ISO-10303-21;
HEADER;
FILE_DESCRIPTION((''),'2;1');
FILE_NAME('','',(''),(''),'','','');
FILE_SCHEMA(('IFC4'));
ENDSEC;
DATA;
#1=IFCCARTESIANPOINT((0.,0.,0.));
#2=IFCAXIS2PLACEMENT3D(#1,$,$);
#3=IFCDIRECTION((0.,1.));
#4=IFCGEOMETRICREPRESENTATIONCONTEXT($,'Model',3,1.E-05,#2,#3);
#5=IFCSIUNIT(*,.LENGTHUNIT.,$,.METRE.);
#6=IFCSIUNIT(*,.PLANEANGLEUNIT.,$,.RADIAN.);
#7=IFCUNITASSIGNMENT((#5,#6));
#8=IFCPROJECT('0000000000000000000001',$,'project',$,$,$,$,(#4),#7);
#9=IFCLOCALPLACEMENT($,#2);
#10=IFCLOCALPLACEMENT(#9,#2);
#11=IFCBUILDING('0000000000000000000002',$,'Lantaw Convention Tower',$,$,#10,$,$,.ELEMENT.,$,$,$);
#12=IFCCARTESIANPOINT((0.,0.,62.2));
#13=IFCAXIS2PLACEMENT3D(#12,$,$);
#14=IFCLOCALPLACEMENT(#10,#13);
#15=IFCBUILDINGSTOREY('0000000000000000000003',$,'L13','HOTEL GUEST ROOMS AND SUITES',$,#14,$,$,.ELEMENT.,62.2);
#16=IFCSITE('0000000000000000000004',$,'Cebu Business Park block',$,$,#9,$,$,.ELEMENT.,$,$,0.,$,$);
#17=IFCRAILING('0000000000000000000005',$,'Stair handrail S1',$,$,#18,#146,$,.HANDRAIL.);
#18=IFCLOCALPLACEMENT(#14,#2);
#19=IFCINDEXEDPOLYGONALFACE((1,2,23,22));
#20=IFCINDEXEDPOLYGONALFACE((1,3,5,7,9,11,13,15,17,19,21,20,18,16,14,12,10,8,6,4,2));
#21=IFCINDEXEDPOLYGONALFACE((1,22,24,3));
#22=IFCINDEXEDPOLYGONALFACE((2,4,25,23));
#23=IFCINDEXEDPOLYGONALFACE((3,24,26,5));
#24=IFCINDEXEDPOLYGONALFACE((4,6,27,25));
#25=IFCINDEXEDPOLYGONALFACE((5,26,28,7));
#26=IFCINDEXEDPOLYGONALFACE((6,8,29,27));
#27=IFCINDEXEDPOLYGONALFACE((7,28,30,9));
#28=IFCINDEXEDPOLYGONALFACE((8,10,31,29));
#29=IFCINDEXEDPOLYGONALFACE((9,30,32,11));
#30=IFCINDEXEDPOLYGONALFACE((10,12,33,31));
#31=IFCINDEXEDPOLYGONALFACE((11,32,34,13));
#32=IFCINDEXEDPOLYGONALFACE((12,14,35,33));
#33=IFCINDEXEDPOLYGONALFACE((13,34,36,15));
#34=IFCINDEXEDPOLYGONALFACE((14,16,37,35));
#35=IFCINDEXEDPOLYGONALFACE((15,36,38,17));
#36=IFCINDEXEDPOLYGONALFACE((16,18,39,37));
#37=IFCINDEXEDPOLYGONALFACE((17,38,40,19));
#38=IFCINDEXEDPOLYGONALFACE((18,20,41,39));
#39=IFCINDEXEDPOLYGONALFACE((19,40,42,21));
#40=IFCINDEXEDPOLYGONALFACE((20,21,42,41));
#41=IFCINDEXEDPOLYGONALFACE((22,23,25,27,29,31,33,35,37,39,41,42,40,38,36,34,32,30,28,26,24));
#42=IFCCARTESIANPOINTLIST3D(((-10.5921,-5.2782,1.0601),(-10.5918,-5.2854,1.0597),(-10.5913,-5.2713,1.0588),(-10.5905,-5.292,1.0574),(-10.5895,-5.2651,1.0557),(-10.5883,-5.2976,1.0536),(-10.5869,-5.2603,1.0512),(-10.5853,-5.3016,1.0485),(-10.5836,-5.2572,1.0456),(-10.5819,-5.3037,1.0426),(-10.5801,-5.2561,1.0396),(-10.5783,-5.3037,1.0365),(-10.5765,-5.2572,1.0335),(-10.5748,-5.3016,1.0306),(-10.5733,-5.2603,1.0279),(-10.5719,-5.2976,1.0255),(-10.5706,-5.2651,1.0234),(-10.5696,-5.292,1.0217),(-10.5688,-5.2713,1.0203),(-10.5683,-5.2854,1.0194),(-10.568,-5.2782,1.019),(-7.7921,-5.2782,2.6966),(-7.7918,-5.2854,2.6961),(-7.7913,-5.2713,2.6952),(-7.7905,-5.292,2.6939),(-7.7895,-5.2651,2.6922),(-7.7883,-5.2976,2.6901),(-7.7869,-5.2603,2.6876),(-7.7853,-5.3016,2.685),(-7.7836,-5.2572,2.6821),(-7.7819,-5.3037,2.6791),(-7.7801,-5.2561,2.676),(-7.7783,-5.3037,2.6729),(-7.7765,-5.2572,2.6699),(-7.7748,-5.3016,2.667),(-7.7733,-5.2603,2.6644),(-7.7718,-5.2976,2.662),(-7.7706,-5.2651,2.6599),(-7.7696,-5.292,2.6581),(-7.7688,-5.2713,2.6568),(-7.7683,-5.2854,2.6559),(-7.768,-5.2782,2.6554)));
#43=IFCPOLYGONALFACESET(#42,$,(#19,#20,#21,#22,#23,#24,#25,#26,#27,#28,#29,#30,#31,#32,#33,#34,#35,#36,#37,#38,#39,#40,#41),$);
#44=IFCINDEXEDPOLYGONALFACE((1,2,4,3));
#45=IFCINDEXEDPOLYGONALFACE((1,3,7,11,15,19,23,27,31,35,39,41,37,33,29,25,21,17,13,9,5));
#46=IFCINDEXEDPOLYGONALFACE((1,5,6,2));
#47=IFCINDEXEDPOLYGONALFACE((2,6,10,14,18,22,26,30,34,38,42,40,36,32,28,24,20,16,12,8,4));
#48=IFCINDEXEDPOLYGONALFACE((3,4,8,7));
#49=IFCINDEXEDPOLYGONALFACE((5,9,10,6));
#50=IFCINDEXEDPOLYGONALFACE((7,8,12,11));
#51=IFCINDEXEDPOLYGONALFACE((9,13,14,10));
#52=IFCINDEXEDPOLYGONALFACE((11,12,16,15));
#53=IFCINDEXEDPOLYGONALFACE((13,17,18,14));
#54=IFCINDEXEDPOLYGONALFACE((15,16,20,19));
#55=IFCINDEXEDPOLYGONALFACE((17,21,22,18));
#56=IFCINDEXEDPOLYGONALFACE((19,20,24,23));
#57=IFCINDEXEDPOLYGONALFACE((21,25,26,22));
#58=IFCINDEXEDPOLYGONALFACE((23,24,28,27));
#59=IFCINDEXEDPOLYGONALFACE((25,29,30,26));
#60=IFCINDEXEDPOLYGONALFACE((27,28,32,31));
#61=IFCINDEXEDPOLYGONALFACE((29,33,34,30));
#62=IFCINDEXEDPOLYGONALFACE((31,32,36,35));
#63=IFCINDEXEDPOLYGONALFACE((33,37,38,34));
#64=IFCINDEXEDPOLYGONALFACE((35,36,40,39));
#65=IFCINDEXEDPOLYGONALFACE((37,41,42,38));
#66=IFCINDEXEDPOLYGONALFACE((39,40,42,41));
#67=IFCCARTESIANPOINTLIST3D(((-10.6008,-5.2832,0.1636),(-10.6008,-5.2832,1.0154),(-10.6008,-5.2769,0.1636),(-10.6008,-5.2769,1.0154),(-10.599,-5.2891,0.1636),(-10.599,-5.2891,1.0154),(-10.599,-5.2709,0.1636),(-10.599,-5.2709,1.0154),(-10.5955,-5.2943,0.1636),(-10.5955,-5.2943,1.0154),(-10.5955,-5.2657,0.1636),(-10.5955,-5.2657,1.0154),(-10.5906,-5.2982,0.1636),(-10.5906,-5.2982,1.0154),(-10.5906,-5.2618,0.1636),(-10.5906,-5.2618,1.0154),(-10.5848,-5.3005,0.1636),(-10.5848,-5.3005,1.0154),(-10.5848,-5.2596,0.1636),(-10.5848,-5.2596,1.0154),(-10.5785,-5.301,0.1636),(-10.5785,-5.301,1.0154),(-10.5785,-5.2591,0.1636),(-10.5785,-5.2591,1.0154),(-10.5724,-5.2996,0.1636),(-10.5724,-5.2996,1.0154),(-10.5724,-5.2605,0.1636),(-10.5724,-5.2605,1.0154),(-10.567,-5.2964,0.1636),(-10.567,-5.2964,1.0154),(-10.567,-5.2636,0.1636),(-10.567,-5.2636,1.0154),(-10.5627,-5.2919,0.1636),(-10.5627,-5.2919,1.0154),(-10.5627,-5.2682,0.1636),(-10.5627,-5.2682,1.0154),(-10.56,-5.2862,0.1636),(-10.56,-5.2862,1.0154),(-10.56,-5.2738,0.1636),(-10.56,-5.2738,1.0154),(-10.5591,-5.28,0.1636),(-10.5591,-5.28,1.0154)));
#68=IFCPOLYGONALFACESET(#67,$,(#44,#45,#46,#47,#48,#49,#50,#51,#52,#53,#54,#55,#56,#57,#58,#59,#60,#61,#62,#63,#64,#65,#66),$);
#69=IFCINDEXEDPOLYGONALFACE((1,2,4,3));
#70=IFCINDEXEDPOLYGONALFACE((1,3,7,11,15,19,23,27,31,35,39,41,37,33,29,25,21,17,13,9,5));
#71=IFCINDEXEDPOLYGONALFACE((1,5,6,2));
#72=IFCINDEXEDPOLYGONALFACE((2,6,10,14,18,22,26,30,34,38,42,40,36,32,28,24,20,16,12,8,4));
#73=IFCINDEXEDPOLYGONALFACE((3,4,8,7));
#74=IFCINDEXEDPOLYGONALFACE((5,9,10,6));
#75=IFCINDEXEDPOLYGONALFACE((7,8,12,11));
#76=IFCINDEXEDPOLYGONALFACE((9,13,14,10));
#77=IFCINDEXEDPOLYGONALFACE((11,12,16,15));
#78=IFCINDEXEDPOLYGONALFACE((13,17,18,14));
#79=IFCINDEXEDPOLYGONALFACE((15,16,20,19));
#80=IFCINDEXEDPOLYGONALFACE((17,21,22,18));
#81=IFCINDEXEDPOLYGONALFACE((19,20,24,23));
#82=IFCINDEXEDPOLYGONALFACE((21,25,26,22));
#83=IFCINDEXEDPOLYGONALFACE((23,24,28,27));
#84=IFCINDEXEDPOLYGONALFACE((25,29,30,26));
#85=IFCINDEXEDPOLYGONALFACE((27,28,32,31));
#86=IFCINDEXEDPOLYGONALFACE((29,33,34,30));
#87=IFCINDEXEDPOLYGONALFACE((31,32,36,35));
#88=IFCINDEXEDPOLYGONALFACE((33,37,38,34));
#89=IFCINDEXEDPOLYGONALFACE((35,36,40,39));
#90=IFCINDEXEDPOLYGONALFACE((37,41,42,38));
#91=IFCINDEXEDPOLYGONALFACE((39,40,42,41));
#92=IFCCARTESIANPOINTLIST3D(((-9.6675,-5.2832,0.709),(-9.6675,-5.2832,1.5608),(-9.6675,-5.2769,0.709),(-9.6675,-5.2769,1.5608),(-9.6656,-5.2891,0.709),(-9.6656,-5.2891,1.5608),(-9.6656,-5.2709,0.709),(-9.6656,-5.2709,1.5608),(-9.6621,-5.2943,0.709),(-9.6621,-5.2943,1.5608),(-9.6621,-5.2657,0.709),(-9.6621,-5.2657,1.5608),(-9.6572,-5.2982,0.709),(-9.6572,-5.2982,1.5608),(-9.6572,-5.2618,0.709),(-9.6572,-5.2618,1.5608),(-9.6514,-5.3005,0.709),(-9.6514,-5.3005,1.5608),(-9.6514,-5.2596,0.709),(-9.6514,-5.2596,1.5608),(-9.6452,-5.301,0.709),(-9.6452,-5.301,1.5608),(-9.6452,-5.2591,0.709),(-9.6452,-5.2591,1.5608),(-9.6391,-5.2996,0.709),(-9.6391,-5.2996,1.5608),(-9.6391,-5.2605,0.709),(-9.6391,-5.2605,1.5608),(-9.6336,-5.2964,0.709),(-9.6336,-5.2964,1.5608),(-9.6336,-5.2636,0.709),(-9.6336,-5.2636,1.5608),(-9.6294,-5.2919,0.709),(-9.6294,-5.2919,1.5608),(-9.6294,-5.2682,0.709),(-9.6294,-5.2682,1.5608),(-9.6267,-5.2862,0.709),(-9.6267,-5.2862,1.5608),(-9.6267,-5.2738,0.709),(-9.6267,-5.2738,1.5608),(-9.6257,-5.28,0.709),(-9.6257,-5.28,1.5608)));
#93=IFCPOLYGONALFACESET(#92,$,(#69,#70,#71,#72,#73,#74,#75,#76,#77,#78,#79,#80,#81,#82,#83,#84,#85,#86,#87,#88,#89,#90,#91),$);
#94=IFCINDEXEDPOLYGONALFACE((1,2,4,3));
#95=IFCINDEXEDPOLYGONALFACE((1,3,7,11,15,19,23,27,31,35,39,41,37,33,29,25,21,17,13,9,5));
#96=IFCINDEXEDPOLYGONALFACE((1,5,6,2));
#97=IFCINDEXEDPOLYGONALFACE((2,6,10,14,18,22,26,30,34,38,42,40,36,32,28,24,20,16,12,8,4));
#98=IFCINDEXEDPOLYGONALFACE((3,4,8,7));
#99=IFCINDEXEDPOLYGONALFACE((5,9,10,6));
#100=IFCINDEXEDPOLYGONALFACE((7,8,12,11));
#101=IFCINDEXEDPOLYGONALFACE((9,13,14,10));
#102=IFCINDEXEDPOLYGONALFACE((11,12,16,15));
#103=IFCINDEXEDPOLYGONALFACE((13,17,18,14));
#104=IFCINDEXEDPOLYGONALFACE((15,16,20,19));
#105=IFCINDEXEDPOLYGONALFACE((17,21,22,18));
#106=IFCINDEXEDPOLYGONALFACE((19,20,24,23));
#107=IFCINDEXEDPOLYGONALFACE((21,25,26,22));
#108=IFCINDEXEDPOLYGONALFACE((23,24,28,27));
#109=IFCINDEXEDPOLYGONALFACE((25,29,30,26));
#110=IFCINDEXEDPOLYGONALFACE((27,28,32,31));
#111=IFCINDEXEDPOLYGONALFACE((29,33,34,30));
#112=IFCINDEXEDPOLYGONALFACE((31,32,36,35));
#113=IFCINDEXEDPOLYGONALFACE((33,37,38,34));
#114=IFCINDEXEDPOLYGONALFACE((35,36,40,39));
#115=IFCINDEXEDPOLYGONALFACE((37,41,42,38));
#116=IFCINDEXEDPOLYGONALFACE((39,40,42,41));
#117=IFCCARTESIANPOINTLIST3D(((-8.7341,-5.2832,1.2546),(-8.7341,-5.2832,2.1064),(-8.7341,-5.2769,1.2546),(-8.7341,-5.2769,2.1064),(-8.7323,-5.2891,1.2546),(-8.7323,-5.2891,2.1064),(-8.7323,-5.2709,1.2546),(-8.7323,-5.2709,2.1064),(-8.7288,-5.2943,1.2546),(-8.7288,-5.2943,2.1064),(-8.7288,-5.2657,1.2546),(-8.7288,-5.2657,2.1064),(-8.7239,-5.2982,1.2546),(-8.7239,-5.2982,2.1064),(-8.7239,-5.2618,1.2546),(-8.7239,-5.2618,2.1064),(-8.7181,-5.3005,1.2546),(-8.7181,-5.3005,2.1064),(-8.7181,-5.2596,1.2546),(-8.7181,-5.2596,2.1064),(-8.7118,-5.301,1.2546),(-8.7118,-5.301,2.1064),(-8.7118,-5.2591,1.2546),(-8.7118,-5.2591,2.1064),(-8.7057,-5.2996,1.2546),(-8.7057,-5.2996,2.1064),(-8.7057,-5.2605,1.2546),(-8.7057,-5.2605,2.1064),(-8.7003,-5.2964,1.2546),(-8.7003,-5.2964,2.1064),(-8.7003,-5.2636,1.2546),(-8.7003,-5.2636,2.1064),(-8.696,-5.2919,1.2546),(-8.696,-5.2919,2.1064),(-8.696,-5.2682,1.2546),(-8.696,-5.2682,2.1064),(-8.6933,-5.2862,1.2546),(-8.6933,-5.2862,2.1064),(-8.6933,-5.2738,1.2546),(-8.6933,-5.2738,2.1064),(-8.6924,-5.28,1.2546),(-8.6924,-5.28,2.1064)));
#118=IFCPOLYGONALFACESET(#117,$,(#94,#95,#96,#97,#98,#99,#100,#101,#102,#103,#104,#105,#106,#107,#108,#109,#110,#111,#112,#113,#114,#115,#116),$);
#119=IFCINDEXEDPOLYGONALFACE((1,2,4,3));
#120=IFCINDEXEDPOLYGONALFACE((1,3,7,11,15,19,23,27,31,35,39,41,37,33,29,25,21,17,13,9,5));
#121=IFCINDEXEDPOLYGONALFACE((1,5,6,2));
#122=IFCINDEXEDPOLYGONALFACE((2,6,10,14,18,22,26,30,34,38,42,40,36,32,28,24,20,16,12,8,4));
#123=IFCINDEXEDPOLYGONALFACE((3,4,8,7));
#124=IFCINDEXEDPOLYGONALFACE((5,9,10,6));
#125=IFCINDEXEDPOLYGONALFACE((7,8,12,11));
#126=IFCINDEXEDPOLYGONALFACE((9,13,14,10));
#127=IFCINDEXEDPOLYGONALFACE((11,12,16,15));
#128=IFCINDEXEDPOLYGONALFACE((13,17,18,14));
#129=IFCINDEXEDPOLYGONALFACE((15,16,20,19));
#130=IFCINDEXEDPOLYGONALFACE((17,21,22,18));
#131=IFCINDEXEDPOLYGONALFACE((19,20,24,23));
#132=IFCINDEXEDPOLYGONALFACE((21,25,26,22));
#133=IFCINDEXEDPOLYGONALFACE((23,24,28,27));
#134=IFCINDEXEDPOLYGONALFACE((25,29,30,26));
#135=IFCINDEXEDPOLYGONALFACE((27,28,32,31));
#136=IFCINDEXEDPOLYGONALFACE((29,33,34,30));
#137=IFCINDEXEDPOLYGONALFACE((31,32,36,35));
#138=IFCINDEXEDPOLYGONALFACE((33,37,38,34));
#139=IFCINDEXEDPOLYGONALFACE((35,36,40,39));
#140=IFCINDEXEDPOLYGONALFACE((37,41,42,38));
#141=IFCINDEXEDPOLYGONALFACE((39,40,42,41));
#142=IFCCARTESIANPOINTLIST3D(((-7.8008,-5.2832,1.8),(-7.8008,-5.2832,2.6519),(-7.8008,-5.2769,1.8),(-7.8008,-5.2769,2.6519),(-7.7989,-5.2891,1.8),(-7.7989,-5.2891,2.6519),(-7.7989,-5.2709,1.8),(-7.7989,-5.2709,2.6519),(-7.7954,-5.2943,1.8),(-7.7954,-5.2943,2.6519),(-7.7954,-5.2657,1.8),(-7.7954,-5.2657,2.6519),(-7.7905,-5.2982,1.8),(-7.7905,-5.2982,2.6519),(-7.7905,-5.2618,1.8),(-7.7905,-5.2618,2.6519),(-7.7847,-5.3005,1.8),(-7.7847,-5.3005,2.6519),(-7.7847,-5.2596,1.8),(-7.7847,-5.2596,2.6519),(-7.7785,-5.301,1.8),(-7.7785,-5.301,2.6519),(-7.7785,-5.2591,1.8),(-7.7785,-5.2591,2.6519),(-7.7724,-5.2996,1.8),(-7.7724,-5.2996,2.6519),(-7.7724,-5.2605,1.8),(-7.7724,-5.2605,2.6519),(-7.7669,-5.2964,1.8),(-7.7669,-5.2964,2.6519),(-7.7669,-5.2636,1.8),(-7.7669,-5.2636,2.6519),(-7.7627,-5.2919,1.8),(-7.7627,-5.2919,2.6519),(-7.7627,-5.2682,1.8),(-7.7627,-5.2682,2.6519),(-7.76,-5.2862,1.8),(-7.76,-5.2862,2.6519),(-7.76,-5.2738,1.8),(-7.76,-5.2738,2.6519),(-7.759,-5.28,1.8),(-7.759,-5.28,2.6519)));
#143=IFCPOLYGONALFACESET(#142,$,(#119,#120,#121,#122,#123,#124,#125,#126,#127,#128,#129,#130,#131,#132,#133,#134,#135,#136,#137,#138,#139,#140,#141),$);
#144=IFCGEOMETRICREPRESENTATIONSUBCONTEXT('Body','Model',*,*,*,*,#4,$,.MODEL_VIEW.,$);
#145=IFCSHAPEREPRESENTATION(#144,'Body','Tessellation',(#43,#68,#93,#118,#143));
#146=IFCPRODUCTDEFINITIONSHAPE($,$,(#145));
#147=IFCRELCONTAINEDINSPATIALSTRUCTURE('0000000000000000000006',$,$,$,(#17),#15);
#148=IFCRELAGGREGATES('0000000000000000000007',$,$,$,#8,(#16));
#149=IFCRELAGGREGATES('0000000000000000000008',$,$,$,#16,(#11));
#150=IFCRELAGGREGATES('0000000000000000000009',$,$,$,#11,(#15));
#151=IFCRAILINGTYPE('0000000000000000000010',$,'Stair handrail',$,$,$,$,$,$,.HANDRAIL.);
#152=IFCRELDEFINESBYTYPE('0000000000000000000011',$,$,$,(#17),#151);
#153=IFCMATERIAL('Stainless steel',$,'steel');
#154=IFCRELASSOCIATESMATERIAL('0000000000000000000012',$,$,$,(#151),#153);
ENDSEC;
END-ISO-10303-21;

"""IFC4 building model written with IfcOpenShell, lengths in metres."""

from ifc_helpers import new_model, si_unit, direction, frame, origin, origin_2d, place, context, subcontext, project, spatial, circle, extrude, material, type_object, element, save


model = new_model("IFC4")

# Units and contexts
model_context = context("Model", 3, precision=1e-05, world=origin(), true_north=direction((0.0, 1.0)))
body_context = subcontext(model_context, "Body", "Model", "MODEL_VIEW")
ifc_project = project(units=[si_unit("LENGTHUNIT", "METRE"), si_unit("PLANEANGLEUNIT", "RADIAN")], contexts=[model_context])

# Site, building, storey
site_placement = place(None, origin())
site = spatial("IfcSite", under=ifc_project, at=site_placement, Name="Cebu Business Park block", CompositionType="ELEMENT", RefElevation=0.0)
building_placement = place(site_placement, origin())
building = spatial("IfcBuilding", under=site, at=building_placement, Name="Lantaw Convention Tower", CompositionType="ELEMENT")
storey_placement = place(building_placement, frame((0.0, 0.0, 62.2)))
storey = spatial("IfcBuildingStorey", under=building, at=storey_placement, Name="L13", Description="HOTEL GUEST ROOMS AND SUITES", CompositionType="ELEMENT", Elevation=62.2)

# Railing
ifc_material_1 = material(Name="Stainless steel", Category="steel")
railing_type = type_object("IfcRailingType", Name="Stair handrail", PredefinedType="HANDRAIL", material=ifc_material_1)
railing_1_placement = place(storey_placement, frame((-10.5801, -5.28, 0.1636)))
element("IfcRailing", 1, at=railing_1_placement, inside=storey, type_object=railing_type, Name="Stair handrail S1", PredefinedType="HANDRAIL", context=body_context, shape_type="SweptSolid", body=[
    extrude(circle(Radius=0.0239, at=origin_2d()), frame((0.0, 0.0, 0.876), z_axis=(0.863361, 0.0, 0.504587), x_axis=(0.0, 1.0, 0.0)), (0.0, 0.0, 1.0), 3.2432),
    extrude(circle(Radius=0.021, at=origin_2d()), origin(), (0.0, 0.0, 1.0), 0.8518),
    extrude(circle(Radius=0.021, at=origin_2d()), frame((0.9333, 0.0, 0.5454)), (0.0, 0.0, 1.0), 0.8518),
    extrude(circle(Radius=0.021, at=origin_2d()), frame((1.8667, 0.0, 1.0911)), (0.0, 0.0, 1.0), 0.8518),
    extrude(circle(Radius=0.021, at=origin_2d()), frame((2.8, 0.0, 1.6365)), (0.0, 0.0, 1.0), 0.8518),
])

save(model, "model.ifc")
